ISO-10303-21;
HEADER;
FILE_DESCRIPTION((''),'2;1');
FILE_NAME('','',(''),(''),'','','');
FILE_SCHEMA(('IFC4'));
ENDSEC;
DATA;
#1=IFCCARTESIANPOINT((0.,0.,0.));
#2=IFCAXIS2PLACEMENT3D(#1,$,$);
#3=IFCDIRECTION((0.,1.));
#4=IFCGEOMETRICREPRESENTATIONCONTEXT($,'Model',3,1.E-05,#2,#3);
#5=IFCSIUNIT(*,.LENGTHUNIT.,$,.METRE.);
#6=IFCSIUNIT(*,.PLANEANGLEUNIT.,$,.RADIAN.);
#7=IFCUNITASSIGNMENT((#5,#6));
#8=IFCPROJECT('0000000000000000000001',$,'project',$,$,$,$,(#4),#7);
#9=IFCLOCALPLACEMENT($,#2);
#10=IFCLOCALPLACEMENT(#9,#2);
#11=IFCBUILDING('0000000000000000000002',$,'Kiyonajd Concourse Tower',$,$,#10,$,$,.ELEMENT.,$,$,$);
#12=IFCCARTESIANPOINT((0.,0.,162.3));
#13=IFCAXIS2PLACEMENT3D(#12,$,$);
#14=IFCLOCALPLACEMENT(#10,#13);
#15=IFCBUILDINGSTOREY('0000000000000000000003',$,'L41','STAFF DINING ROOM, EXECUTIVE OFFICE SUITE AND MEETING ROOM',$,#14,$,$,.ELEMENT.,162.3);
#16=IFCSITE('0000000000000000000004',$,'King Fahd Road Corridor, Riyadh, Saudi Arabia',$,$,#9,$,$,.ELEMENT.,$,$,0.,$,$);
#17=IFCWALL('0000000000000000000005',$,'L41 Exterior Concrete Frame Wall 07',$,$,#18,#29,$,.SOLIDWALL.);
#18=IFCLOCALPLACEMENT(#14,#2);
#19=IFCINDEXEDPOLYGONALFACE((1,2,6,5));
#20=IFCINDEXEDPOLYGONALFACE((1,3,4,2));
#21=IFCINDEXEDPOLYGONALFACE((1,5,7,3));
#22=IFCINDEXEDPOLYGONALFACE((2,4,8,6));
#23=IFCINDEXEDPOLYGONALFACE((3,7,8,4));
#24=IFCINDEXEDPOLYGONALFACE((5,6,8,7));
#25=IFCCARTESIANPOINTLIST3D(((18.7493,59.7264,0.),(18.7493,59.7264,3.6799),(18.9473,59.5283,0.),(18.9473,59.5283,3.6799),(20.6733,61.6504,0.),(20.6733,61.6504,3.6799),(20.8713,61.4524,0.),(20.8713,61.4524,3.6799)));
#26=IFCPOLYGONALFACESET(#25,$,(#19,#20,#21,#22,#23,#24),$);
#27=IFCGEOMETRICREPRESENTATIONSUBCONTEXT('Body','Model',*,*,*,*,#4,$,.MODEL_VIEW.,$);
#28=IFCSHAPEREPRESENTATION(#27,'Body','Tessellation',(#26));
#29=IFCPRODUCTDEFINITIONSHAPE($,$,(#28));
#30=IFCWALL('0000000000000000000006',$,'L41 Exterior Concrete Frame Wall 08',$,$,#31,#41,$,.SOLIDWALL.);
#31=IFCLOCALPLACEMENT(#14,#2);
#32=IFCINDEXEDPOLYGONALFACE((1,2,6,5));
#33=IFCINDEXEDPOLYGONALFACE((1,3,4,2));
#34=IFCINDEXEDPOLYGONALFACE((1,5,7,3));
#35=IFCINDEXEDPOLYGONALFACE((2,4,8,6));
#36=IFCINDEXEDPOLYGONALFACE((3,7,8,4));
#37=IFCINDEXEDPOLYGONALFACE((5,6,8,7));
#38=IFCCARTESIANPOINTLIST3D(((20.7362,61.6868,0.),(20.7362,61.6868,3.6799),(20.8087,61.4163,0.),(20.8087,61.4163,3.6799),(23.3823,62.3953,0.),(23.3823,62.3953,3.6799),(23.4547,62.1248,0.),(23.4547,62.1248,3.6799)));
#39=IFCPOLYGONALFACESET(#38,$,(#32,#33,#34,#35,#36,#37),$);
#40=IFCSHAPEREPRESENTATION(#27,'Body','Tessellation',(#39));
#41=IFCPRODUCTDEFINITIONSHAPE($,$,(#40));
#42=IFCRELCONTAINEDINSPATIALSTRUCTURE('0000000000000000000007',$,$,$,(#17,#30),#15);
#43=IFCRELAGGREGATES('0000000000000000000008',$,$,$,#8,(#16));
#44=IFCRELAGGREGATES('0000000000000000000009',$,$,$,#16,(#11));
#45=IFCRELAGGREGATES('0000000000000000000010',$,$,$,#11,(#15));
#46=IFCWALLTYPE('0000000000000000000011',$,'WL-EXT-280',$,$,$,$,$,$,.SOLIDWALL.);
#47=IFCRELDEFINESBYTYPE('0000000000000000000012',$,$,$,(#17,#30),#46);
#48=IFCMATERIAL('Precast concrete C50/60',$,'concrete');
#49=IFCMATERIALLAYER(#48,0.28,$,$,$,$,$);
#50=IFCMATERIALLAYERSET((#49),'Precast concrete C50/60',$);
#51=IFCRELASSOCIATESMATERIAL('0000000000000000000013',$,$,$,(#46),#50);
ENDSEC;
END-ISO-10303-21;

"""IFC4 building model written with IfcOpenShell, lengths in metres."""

from ifc_helpers import new_model, si_unit, direction, frame, frame_2d, origin, place, context, subcontext, project, spatial, rectangle, extrude, material, layer, layer_set, type_object, element, save


model = new_model("IFC4")

# Units and contexts
model_context = context("Model", 3, precision=1e-05, world=origin(), true_north=direction((0.0, 1.0)))
body_context = subcontext(model_context, "Body", "Model", "MODEL_VIEW")
ifc_project = project(units=[si_unit("LENGTHUNIT", "METRE"), si_unit("PLANEANGLEUNIT", "RADIAN")], contexts=[model_context])

# Site, building, storey
site_placement = place(None, origin())
site = spatial("IfcSite", under=ifc_project, at=site_placement, Name="King Fahd Road Corridor, Riyadh, Saudi Arabia", CompositionType="ELEMENT", RefElevation=0.0)
building_placement = place(site_placement, origin())
building = spatial("IfcBuilding", under=site, at=building_placement, Name="Kiyonajd Concourse Tower", CompositionType="ELEMENT")
storey_placement = place(building_placement, frame((0.0, 0.0, 162.3)))
storey = spatial("IfcBuildingStorey", under=building, at=storey_placement, Name="L41", Description="STAFF DINING ROOM, EXECUTIVE OFFICE SUITE AND MEETING ROOM", CompositionType="ELEMENT", Elevation=162.3)

# Walls
ifc_material_1 = material(Name="Precast concrete C50/60", Category="concrete")
ifc_layer_1 = layer(ifc_material_1, 0.28)
ifc_layer_set_1 = layer_set([ifc_layer_1], Name="Precast concrete C50/60")
wall_type = type_object("IfcWallType", Name="WL-EXT-280", PredefinedType="SOLIDWALL", material=ifc_layer_set_1)
wall_1_placement = place(storey_placement, frame((18.8484, 59.6274, 0.0), z_axis=(0.0, 0.0, 1.0), x_axis=(0.707107, 0.707107, 0.0)))
element("IfcWall", 1, at=wall_1_placement, inside=storey, type_object=wall_type, Name="L41 Exterior Concrete Frame Wall 07", PredefinedType="SOLIDWALL", context=body_context, shape_type="SweptSolid", body=[
    extrude(rectangle(XDim=2.7209, YDim=0.28, at=frame_2d((1.3604, 0.0))), origin(), (0.0, 0.0, 1.0), 3.6799),
])
wall_2_placement = place(storey_placement, frame((20.7725, 61.5515, 0.0), z_axis=(0.0, 0.0, 1.0), x_axis=(0.965971, 0.25865, 0.0)))
element("IfcWall", 2, at=wall_2_placement, inside=storey, type_object=wall_type, Name="L41 Exterior Concrete Frame Wall 08", PredefinedType="SOLIDWALL", context=body_context, shape_type="SweptSolid", body=[
    extrude(rectangle(XDim=2.7393, YDim=0.28, at=frame_2d((1.3696, 0.0))), origin(), (0.0, 0.0, 1.0), 3.6799),
])

save(model, "model.ifc")
